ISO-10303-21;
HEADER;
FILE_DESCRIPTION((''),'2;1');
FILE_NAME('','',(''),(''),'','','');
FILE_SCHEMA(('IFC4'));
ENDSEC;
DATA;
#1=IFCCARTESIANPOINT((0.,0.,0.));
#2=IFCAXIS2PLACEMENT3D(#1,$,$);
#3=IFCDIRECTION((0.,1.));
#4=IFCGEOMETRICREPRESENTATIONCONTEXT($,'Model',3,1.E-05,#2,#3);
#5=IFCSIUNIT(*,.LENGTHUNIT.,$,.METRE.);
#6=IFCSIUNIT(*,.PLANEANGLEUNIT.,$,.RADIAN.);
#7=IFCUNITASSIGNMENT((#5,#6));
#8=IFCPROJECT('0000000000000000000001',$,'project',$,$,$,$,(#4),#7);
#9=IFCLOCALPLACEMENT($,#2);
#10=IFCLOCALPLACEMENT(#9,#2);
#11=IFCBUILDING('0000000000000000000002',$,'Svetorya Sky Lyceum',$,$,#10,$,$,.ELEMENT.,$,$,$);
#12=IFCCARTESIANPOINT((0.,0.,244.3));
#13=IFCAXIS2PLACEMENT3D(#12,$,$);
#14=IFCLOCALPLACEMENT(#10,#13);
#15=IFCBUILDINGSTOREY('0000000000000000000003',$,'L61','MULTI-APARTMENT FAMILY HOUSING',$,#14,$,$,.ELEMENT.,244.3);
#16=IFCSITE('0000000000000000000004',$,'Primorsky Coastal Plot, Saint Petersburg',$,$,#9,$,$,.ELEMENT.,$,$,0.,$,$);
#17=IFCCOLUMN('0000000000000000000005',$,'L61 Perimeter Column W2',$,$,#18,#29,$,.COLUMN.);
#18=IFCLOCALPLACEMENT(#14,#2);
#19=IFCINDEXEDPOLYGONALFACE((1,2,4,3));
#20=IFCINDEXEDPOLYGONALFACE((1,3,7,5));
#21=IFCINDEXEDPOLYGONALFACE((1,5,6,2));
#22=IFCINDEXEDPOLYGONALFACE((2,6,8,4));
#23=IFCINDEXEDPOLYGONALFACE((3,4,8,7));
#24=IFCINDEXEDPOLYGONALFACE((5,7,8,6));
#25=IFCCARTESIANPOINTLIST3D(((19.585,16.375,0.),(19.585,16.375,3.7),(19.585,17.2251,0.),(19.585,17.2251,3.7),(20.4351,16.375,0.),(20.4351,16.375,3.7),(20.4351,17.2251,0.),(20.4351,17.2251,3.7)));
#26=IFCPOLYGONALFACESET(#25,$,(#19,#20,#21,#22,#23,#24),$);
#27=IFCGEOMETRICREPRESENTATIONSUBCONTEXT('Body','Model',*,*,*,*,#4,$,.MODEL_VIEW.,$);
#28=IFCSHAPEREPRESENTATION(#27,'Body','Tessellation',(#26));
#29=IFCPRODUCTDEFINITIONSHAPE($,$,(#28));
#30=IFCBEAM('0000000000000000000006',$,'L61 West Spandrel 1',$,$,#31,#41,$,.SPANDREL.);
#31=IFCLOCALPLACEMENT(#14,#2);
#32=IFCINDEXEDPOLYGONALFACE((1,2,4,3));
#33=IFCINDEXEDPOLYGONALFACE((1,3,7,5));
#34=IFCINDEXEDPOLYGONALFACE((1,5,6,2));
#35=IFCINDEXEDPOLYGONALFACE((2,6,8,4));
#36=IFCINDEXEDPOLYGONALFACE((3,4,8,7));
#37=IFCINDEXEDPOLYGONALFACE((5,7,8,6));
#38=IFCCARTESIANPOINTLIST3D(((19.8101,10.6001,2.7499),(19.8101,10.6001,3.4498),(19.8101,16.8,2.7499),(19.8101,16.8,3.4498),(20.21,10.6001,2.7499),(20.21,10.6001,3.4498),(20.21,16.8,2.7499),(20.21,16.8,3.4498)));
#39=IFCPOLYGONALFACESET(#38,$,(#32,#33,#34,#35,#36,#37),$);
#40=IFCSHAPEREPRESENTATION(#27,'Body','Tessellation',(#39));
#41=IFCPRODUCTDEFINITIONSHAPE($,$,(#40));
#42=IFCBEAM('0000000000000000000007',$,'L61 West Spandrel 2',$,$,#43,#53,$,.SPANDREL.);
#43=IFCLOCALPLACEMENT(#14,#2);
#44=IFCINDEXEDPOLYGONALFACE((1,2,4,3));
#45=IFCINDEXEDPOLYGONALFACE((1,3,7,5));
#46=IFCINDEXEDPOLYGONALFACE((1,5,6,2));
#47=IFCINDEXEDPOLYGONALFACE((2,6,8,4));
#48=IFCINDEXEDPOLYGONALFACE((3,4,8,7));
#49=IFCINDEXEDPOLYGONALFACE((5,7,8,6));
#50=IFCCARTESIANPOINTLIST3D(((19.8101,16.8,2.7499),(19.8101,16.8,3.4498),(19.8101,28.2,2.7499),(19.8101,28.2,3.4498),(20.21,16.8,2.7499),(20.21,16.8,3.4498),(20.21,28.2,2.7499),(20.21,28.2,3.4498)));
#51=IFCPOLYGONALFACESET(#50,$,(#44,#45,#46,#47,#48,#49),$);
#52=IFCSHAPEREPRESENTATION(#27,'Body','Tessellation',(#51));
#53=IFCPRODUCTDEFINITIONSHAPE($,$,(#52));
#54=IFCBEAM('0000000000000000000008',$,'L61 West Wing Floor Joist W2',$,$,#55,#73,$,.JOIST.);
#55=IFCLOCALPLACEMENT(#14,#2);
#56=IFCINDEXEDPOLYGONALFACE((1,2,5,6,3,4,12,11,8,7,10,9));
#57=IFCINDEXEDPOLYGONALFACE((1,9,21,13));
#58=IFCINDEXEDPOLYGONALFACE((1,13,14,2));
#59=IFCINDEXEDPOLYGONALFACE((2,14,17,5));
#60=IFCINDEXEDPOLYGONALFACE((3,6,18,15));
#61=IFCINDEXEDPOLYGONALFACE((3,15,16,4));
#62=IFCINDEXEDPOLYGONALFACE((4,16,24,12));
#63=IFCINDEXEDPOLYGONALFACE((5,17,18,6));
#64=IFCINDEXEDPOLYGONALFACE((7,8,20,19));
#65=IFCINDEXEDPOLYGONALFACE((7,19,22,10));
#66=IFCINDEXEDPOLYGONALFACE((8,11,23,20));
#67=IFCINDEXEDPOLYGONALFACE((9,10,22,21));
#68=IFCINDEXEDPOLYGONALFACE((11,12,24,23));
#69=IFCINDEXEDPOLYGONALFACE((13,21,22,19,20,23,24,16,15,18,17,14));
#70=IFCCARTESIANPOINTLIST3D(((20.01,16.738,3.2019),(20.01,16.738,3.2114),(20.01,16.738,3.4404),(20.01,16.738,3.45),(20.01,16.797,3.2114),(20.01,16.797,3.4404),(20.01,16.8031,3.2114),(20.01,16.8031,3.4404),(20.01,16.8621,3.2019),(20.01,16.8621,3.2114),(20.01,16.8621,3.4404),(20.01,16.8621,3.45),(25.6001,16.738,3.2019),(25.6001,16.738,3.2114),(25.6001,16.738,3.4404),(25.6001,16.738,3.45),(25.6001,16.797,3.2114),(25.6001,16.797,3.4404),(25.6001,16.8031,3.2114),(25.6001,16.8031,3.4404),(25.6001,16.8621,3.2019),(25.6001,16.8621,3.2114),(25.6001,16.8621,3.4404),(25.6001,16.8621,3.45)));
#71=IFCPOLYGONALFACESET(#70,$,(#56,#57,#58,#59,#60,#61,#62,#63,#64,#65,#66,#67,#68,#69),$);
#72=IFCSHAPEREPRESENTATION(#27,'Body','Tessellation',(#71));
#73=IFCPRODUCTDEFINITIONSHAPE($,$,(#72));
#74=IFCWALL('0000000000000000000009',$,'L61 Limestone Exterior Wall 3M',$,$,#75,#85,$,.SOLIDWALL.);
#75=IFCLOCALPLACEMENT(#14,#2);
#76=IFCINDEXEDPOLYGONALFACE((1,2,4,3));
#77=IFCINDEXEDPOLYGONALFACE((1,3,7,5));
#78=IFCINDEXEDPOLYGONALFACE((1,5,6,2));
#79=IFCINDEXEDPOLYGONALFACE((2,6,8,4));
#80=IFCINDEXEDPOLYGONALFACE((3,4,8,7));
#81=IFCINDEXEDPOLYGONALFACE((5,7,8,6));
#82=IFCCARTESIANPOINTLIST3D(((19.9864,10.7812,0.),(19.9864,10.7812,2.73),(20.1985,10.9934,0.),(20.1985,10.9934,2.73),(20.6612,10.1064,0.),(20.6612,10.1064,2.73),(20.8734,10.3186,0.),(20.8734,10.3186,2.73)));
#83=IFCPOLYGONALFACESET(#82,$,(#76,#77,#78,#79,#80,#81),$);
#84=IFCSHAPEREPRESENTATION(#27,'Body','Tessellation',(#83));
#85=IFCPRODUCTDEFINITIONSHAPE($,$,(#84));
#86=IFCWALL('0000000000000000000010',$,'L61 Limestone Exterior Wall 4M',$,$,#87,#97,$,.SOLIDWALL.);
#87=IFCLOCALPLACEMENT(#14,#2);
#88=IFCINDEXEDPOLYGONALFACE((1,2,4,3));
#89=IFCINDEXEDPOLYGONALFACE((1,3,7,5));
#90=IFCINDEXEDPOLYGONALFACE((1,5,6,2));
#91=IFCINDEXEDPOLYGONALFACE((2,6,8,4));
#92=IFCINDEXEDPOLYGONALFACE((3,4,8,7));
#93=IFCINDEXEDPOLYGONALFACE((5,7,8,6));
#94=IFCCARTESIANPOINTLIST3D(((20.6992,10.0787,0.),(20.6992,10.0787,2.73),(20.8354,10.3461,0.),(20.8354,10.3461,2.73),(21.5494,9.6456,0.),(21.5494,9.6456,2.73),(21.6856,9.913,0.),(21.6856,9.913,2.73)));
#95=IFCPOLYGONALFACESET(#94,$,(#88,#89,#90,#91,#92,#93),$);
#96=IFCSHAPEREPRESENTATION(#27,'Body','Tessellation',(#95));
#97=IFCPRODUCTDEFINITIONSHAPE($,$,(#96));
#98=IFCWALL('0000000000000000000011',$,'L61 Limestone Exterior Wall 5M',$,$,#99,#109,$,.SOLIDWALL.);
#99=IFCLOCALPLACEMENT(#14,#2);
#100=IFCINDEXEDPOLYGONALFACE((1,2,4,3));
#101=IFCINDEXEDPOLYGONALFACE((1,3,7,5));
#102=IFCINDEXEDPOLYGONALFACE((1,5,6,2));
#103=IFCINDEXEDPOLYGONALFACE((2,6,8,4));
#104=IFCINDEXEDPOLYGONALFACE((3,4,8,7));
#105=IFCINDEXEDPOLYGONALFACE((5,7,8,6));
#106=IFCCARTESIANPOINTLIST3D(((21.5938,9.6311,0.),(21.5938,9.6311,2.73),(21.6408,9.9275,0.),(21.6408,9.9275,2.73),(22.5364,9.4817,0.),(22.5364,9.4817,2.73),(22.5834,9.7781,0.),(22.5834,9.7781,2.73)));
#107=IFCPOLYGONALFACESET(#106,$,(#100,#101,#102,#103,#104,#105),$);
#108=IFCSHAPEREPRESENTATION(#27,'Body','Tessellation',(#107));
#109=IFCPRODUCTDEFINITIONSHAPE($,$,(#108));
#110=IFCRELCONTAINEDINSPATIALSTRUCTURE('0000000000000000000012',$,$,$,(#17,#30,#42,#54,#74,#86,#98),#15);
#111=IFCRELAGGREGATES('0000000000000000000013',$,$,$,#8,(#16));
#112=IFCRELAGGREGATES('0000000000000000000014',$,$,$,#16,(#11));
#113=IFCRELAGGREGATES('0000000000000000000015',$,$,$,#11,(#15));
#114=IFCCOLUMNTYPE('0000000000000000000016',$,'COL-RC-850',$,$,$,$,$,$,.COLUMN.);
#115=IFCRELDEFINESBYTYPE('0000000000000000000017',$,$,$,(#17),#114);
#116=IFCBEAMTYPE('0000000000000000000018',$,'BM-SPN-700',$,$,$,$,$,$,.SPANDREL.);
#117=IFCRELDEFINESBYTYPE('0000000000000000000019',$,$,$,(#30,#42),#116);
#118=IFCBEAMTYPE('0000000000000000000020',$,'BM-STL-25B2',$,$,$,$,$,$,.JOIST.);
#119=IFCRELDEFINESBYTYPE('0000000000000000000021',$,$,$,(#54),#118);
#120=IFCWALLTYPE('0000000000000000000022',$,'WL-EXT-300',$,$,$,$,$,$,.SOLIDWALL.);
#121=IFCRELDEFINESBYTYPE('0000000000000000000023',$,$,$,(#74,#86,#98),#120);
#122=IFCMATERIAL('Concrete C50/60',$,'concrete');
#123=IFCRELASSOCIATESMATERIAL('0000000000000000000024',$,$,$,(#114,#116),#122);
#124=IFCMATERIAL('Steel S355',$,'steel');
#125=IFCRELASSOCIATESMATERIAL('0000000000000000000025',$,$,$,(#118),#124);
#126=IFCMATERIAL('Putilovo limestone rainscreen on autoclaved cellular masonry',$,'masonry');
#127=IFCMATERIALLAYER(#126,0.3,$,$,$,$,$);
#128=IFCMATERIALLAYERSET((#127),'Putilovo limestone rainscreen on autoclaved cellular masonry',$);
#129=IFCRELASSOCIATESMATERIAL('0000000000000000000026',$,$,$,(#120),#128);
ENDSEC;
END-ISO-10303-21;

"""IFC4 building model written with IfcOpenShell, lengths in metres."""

from ifc_helpers import new_model, si_unit, direction, frame, frame_2d, origin, origin_2d, place, context, subcontext, project, spatial, rectangle, i_section, extrude, material, layer, layer_set, material_profile, profile_set, type_object, element, save


model = new_model("IFC4")

# Units and contexts
model_context = context("Model", 3, precision=1e-05, world=origin(), true_north=direction((0.0, 1.0)))
body_context = subcontext(model_context, "Body", "Model", "MODEL_VIEW")
ifc_project = project(units=[si_unit("LENGTHUNIT", "METRE"), si_unit("PLANEANGLEUNIT", "RADIAN")], contexts=[model_context])

# Site, building, storey
site_placement = place(None, origin())
site = spatial("IfcSite", under=ifc_project, at=site_placement, Name="Primorsky Coastal Plot, Saint Petersburg", CompositionType="ELEMENT", RefElevation=0.0)
building_placement = place(site_placement, origin())
building = spatial("IfcBuilding", under=site, at=building_placement, Name="Svetorya Sky Lyceum", CompositionType="ELEMENT")
storey_placement = place(building_placement, frame((0.0, 0.0, 244.3)))
storey = spatial("IfcBuildingStorey", under=building, at=storey_placement, Name="L61", Description="MULTI-APARTMENT FAMILY HOUSING", CompositionType="ELEMENT", Elevation=244.3)

# Column
ifc_material_1 = material(Name="Concrete C50/60", Category="concrete")
ifc_material_profile_1 = material_profile(ifc_material_1, rectangle(XDim=0.8501, YDim=0.8501, at=origin_2d()), Name="RC COL 850x850")
ifc_profile_set_1 = profile_set([ifc_material_profile_1], Name="Concrete C50/60")
column_type = type_object("IfcColumnType", Name="COL-RC-850", PredefinedType="COLUMN", material=ifc_profile_set_1)
column_placement = place(storey_placement, frame((20.01, 16.8, 0.0), z_axis=(0.0, 0.0, 1.0), x_axis=(1.0, 0.0, 0.0)))
element("IfcColumn", 1, at=column_placement, inside=storey, type_object=column_type, Name="L61 Perimeter Column W2", PredefinedType="COLUMN", context=body_context, shape_type="SweptSolid", body=[
    extrude(rectangle(XDim=0.8501, YDim=0.8501, at=origin_2d()), origin(), (0.0, 0.0, 1.0), 3.7),
])

# Beams
ifc_material_profile_2 = material_profile(ifc_material_1, rectangle(XDim=0.3999, YDim=0.7, at=origin_2d()), Name="RC SPANDREL 400x700")
ifc_profile_set_2 = profile_set([ifc_material_profile_2], Name="Concrete C50/60")
beam_type_1 = type_object("IfcBeamType", Name="BM-SPN-700", PredefinedType="SPANDREL", material=ifc_profile_set_2)
beam_1_placement = place(storey_placement, frame((20.01, 10.6001, 3.0999), z_axis=(0.0, 1.0, 0.0), x_axis=(-1.0, 0.0, 0.0)))
element("IfcBeam", 2, at=beam_1_placement, inside=storey, type_object=beam_type_1, Name="L61 West Spandrel 1", PredefinedType="SPANDREL", context=body_context, shape_type="SweptSolid", body=[
    extrude(rectangle(XDim=0.3999, YDim=0.7, at=origin_2d()), origin(), (0.0, 0.0, 1.0), 6.2),
])
beam_2_placement = place(storey_placement, frame((20.01, 16.8, 3.0999), z_axis=(0.0, 1.0, 0.0), x_axis=(-1.0, 0.0, 0.0)))
element("IfcBeam", 3, at=beam_2_placement, inside=storey, type_object=beam_type_1, Name="L61 West Spandrel 2", PredefinedType="SPANDREL", context=body_context, shape_type="SweptSolid", body=[
    extrude(rectangle(XDim=0.3999, YDim=0.7, at=origin_2d()), origin(), (0.0, 0.0, 1.0), 11.3999),
])
ifc_material_2 = material(Name="Steel S355", Category="steel")
ifc_material_profile_3 = material_profile(ifc_material_2, i_section(OverallWidth=0.124, OverallDepth=0.248, WebThickness=0.0061, FlangeThickness=0.0095, at=origin_2d()), Name="GOST 25B2")
ifc_profile_set_3 = profile_set([ifc_material_profile_3], Name="Steel S355")
beam_type_2 = type_object("IfcBeamType", Name="BM-STL-25B2", PredefinedType="JOIST", material=ifc_profile_set_3)
beam_3_placement = place(storey_placement, frame((20.01, 16.8, 3.3259), z_axis=(1.0, 0.0, 0.0), x_axis=(0.0, 1.0, 0.0)))
element("IfcBeam", 4, at=beam_3_placement, inside=storey, type_object=beam_type_2, Name="L61 West Wing Floor Joist W2", PredefinedType="JOIST", context=body_context, shape_type="SweptSolid", body=[
    extrude(i_section(OverallWidth=0.124, OverallDepth=0.248, WebThickness=0.0061, FlangeThickness=0.0095, at=origin_2d()), origin(), (0.0, 0.0, 1.0), 5.5901),
])

# Walls
ifc_material_3 = material(Name="Putilovo limestone rainscreen on autoclaved cellular masonry", Category="masonry")
ifc_layer_1 = layer(ifc_material_3, 0.3)
ifc_layer_set_1 = layer_set([ifc_layer_1], Name="Putilovo limestone rainscreen on autoclaved cellular masonry")
wall_type_1 = type_object("IfcWallType", Name="WL-EXT-300", PredefinedType="SOLIDWALL", material=ifc_layer_set_1)
wall_1_placement = place(storey_placement, frame((20.0925, 10.8872, 0.0), z_axis=(0.0, 0.0, 1.0), x_axis=(0.707107, -0.707107, 0.0)))
element("IfcWall", 5, at=wall_1_placement, inside=storey, type_object=wall_type_1, Name="L61 Limestone Exterior Wall 3M", PredefinedType="SOLIDWALL", context=body_context, shape_type="SweptSolid", body=[
    extrude(rectangle(XDim=0.9543, YDim=0.3, at=frame_2d((0.4771, 0.0))), origin(), (0.0, 0.0, 1.0), 2.73),
])
wall_2_placement = place(storey_placement, frame((20.7673, 10.2124, 0.0), z_axis=(0.0, 0.0, 1.0), x_axis=(0.891024, -0.453956, 0.0)))
element("IfcWall", 6, at=wall_2_placement, inside=storey, type_object=wall_type_1, Name="L61 Limestone Exterior Wall 4M", PredefinedType="SOLIDWALL", context=body_context, shape_type="SweptSolid", body=[
    extrude(rectangle(XDim=0.9541, YDim=0.3, at=frame_2d((0.4771, 0.0))), origin(), (0.0, 0.0, 1.0), 2.73),
])
wall_3_placement = place(storey_placement, frame((21.6174, 9.7793, 0.0), z_axis=(0.0, 0.0, 1.0), x_axis=(0.987669, -0.156554, 0.0)))
element("IfcWall", 7, at=wall_3_placement, inside=storey, type_object=wall_type_1, Name="L61 Limestone Exterior Wall 5M", PredefinedType="SOLIDWALL", context=body_context, shape_type="SweptSolid", body=[
    extrude(rectangle(XDim=0.9543, YDim=0.3, at=frame_2d((0.4771, 0.0))), origin(), (0.0, 0.0, 1.0), 2.73),
])

save(model, "model.ifc")
